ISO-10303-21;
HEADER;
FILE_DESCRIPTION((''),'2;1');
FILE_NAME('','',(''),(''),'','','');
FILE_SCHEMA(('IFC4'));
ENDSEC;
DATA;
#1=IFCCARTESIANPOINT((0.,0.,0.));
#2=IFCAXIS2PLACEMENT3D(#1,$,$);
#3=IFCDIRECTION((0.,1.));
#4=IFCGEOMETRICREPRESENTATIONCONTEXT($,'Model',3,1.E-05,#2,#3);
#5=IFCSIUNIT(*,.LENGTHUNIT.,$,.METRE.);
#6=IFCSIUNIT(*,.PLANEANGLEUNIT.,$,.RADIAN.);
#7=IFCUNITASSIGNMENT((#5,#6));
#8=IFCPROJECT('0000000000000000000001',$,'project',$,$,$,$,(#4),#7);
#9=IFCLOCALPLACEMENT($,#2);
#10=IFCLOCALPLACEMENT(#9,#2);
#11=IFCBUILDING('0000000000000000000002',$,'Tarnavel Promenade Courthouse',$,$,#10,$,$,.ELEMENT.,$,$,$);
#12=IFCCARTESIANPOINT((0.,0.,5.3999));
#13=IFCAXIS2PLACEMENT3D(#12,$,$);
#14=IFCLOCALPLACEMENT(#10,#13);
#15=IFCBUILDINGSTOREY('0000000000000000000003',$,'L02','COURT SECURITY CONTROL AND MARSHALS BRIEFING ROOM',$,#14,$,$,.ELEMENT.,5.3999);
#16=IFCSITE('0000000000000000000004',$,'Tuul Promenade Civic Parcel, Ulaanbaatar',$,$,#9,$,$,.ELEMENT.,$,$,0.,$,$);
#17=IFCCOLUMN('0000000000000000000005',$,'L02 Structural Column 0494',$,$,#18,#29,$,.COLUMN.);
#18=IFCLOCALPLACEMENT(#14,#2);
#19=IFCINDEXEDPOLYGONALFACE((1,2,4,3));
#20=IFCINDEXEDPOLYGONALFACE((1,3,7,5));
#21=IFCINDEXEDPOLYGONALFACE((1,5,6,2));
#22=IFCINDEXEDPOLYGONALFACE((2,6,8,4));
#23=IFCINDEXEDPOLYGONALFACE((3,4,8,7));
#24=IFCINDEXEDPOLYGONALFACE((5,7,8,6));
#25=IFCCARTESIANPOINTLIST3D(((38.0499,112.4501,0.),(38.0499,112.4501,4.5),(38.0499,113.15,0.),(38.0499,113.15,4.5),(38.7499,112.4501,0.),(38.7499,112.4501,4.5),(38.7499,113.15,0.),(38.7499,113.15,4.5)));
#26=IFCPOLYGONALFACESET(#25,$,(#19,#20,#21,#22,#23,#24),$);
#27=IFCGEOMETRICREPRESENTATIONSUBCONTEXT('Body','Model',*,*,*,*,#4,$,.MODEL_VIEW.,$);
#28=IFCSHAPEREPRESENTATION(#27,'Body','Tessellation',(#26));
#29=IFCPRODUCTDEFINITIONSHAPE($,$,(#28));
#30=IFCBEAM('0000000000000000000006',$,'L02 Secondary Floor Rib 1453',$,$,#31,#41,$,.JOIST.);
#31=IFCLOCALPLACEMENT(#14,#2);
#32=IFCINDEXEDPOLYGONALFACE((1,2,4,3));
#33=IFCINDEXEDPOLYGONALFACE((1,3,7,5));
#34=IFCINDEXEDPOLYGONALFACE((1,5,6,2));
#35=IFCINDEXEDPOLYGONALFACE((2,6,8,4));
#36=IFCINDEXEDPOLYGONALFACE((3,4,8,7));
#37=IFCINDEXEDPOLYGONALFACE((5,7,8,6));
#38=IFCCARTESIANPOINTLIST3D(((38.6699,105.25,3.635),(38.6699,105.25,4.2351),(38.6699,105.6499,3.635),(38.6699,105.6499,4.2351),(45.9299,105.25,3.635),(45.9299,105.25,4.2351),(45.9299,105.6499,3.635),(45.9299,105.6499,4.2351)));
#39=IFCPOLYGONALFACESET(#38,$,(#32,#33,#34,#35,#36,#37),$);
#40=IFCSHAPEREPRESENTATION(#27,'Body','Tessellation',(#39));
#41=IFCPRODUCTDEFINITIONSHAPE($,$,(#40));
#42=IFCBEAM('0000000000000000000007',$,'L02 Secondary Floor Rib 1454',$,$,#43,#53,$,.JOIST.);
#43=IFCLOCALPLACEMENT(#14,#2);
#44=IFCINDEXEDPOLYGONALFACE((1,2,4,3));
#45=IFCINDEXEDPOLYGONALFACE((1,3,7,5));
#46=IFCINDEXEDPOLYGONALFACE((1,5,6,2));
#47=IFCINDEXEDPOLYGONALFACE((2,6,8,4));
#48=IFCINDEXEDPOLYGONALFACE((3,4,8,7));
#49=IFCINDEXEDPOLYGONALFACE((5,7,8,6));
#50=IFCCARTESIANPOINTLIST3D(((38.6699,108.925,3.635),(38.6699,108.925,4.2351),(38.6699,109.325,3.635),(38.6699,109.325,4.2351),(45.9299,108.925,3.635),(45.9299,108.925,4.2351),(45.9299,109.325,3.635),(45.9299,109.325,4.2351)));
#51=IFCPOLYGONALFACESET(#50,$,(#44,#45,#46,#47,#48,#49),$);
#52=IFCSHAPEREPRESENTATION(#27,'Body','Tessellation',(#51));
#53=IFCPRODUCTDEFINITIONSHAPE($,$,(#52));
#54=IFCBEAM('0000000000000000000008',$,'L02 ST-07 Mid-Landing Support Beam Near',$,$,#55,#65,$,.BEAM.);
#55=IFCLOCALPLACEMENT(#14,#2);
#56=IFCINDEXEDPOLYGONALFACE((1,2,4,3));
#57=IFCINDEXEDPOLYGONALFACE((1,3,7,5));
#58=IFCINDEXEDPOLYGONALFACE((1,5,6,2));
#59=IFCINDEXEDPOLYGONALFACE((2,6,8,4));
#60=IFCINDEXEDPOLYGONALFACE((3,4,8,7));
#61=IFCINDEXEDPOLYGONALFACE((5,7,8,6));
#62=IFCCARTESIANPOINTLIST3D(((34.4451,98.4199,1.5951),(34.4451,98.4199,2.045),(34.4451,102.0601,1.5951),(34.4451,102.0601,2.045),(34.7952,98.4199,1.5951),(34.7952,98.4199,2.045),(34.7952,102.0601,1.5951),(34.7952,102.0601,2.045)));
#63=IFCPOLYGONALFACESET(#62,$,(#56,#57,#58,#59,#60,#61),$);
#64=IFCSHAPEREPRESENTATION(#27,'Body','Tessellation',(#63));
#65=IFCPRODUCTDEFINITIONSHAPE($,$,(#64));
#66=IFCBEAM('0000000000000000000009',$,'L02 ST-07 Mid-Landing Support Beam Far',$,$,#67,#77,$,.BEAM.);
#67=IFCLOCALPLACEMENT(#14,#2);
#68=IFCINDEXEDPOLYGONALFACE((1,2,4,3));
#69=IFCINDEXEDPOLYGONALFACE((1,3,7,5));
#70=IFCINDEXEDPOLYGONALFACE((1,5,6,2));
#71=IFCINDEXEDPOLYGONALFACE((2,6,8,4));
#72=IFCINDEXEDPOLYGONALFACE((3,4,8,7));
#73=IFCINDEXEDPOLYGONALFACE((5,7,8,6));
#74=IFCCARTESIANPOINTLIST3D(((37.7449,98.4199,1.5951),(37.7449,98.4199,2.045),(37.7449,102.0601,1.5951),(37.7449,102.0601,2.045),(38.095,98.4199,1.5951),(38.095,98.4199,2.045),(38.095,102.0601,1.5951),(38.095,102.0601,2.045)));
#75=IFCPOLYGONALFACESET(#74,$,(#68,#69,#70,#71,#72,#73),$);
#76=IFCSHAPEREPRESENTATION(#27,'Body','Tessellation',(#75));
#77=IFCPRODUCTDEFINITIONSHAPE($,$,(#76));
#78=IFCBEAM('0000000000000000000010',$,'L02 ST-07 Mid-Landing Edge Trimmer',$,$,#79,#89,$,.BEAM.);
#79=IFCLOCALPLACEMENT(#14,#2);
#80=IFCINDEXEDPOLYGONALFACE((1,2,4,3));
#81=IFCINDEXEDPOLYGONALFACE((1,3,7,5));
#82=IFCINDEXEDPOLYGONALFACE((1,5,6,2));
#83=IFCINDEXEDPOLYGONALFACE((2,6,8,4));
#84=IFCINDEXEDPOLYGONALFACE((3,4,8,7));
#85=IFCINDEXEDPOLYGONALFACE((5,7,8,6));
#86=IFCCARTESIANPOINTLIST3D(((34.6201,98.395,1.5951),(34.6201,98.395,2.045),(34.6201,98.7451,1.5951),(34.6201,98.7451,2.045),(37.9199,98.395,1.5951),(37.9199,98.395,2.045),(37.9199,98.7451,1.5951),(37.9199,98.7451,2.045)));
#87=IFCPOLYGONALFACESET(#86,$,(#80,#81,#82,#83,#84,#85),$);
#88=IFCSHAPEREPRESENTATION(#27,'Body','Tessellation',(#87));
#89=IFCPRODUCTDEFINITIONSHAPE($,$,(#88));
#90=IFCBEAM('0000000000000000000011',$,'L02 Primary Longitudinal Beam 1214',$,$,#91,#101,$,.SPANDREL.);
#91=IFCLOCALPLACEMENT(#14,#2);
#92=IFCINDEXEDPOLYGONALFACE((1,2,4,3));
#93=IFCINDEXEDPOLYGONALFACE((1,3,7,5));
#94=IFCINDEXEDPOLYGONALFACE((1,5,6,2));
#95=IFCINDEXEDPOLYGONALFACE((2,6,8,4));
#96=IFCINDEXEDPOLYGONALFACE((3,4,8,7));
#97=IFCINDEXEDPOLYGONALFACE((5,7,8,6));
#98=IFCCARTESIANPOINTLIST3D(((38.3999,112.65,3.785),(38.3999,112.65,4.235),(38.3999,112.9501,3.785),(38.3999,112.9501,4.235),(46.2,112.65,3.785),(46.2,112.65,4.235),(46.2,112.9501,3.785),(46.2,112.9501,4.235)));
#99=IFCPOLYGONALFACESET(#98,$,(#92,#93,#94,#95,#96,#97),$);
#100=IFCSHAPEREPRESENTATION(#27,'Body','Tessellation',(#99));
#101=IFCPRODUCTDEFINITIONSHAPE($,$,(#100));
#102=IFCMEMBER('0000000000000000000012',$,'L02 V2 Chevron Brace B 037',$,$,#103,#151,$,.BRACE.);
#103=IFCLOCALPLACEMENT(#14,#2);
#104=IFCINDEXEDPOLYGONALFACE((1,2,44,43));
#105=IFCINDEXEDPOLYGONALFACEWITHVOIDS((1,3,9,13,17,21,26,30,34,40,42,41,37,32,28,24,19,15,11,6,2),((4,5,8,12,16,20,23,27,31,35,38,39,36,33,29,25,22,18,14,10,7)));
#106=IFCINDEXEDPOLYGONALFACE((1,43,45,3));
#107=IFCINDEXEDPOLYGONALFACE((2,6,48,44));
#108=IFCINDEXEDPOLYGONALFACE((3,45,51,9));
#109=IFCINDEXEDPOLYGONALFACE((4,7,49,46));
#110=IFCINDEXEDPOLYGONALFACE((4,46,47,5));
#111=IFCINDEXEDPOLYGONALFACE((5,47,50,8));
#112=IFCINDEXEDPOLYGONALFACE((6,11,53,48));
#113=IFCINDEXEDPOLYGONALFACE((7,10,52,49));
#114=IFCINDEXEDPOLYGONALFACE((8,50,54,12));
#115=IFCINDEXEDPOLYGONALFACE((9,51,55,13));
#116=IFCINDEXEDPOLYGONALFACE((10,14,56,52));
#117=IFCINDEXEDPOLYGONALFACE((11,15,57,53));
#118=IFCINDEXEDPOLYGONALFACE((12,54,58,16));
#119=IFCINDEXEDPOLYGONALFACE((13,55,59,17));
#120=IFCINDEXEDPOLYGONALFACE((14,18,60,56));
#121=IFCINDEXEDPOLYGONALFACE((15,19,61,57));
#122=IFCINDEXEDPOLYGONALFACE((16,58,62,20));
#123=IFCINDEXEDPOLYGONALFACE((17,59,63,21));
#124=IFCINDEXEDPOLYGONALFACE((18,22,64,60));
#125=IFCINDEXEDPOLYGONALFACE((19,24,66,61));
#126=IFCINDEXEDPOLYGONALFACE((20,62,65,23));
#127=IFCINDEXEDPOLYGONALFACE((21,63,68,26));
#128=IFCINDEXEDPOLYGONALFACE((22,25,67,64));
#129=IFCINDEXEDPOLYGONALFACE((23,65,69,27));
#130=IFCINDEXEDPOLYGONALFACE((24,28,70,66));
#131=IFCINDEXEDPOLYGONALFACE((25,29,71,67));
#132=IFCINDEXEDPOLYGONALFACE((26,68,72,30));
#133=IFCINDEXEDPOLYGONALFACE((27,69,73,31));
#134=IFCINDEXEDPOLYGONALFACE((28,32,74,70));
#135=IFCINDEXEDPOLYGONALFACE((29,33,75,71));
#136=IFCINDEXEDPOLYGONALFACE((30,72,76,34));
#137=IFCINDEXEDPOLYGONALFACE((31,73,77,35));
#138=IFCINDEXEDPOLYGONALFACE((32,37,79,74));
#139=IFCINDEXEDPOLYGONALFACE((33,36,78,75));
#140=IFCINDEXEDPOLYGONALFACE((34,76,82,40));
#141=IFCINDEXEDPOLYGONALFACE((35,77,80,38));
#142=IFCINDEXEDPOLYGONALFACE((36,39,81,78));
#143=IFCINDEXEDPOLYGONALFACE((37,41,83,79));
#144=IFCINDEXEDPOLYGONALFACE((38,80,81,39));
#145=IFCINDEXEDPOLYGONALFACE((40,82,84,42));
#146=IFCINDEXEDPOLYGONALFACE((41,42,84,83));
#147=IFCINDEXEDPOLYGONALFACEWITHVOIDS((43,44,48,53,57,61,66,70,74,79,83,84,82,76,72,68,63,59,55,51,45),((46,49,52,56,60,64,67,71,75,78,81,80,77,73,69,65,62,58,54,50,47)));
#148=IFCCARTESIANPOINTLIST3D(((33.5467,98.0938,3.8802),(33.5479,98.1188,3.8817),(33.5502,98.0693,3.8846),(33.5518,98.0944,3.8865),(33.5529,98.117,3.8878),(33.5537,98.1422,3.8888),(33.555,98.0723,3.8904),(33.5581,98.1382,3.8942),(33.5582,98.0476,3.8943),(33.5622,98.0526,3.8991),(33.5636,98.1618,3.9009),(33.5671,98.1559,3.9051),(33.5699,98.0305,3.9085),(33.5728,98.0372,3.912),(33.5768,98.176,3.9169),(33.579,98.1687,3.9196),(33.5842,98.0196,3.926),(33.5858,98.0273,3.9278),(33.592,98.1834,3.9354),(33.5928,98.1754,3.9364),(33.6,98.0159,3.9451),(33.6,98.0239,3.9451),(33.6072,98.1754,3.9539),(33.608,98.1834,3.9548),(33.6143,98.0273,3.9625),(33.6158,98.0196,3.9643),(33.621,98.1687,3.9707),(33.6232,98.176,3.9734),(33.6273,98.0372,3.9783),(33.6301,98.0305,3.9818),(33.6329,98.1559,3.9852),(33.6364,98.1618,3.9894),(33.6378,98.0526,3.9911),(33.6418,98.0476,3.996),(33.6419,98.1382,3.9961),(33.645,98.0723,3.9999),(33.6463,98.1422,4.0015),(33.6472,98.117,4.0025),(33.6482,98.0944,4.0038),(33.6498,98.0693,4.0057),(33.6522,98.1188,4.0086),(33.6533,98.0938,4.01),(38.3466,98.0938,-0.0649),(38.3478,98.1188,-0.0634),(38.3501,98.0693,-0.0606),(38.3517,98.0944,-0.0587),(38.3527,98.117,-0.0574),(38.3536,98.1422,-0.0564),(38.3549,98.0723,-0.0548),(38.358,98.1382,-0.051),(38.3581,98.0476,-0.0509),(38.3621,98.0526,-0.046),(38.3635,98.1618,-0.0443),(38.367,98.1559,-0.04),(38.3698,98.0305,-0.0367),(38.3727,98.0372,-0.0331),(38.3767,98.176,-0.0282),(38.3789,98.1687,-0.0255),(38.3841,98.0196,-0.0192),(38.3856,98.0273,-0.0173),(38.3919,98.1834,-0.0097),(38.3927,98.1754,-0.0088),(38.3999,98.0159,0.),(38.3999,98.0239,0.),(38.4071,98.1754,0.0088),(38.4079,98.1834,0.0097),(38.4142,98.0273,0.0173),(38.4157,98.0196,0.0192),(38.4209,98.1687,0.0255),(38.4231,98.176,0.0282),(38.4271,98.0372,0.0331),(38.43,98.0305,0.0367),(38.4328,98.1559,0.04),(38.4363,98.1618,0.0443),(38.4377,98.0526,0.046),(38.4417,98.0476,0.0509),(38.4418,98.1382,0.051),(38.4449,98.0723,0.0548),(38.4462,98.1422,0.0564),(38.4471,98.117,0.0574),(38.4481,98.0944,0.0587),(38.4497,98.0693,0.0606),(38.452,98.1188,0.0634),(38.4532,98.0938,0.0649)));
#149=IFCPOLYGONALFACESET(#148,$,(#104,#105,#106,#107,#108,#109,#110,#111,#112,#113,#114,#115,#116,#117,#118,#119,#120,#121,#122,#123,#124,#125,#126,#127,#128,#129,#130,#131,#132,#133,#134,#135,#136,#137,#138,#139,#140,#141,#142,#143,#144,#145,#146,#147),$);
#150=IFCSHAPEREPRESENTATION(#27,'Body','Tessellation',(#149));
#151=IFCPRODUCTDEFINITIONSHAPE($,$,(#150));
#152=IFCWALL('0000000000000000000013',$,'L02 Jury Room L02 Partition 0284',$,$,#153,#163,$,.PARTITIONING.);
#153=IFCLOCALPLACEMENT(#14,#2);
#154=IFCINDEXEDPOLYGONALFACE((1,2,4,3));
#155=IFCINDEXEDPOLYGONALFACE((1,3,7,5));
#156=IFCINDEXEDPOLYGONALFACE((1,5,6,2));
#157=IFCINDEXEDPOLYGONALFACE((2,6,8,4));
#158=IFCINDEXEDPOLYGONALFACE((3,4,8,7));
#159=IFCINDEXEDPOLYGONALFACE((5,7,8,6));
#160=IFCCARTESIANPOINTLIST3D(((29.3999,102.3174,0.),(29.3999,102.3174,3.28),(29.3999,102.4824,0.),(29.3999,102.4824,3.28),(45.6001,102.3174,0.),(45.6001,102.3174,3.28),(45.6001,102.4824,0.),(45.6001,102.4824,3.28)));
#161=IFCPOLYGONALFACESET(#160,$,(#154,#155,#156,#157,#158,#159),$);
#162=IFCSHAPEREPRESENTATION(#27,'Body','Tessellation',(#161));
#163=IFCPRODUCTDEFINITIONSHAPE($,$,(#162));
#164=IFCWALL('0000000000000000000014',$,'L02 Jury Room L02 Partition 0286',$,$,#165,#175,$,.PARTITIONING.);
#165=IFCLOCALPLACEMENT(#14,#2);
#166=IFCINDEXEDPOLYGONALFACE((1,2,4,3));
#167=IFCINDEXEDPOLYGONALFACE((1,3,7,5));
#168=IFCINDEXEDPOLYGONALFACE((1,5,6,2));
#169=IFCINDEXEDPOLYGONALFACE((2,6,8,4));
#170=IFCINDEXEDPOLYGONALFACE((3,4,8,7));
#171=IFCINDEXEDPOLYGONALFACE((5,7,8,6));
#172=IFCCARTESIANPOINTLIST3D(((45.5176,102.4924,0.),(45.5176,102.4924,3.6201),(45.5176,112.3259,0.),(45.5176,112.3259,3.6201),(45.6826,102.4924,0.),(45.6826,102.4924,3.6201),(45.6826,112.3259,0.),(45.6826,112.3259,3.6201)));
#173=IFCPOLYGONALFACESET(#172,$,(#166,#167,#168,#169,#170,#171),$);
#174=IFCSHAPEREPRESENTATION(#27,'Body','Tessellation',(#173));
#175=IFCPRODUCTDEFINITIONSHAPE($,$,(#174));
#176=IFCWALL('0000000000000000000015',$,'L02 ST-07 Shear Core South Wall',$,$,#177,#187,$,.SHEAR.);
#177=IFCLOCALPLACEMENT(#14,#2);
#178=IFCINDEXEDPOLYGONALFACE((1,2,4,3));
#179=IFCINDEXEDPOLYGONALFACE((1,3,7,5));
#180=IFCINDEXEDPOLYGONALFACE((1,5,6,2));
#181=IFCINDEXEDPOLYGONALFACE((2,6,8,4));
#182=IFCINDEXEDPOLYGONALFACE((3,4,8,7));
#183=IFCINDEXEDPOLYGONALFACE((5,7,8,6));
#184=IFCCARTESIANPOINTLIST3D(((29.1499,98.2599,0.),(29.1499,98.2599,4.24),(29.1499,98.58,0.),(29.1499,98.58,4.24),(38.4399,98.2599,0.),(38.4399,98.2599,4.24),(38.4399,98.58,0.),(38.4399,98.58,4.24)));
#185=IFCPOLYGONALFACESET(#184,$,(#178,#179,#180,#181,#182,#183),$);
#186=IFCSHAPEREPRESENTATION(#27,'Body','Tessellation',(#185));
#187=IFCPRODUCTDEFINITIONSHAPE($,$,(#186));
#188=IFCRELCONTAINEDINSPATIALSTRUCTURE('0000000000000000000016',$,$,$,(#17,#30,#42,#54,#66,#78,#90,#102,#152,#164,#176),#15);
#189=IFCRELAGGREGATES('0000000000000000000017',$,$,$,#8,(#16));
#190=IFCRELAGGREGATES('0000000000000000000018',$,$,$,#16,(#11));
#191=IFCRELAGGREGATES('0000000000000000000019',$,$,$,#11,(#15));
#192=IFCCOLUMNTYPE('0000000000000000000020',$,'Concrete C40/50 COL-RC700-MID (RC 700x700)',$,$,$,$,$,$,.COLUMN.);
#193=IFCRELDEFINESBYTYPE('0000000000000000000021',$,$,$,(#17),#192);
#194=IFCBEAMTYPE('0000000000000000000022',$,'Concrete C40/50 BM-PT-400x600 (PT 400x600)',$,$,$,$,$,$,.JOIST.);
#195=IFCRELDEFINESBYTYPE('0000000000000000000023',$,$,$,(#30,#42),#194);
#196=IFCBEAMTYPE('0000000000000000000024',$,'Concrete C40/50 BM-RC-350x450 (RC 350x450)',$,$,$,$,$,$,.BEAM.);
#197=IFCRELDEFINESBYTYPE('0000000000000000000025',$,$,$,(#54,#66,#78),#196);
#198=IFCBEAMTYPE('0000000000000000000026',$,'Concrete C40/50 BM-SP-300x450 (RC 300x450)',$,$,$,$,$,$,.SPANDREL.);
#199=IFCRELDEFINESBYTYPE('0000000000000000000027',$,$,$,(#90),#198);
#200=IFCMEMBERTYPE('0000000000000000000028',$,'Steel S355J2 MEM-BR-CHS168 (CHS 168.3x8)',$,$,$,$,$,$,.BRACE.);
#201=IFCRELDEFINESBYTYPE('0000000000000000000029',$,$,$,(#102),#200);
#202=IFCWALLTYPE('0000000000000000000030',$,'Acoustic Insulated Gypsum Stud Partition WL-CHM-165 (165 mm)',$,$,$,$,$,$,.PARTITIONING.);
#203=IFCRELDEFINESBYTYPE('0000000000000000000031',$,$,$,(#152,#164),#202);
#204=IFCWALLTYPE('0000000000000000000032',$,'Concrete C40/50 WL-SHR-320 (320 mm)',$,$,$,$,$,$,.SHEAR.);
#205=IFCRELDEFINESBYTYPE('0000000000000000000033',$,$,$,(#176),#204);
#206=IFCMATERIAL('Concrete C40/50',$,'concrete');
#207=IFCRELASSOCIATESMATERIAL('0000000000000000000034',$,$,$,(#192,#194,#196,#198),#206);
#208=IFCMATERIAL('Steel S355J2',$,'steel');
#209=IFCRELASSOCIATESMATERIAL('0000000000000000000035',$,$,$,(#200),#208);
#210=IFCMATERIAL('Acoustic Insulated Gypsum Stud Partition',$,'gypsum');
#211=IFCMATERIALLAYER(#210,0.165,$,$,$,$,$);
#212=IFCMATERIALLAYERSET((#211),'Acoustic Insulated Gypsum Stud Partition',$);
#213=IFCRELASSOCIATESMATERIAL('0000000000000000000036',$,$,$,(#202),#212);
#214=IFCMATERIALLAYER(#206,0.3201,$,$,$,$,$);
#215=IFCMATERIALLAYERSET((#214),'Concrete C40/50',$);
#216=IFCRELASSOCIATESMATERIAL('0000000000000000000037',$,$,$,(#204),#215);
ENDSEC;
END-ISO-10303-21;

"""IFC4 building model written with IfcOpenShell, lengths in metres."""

from ifc_helpers import new_model, si_unit, direction, frame, frame_2d, origin, origin_2d, place, context, subcontext, project, spatial, rectangle, hollow_circle, extrude, material, layer, layer_set, material_profile, profile_set, type_object, element, save


model = new_model("IFC4")

# Units and contexts
model_context = context("Model", 3, precision=1e-05, world=origin(), true_north=direction((0.0, 1.0)))
body_context = subcontext(model_context, "Body", "Model", "MODEL_VIEW")
ifc_project = project(units=[si_unit("LENGTHUNIT", "METRE"), si_unit("PLANEANGLEUNIT", "RADIAN")], contexts=[model_context])

# Site, building, storey
site_placement = place(None, origin())
site = spatial("IfcSite", under=ifc_project, at=site_placement, Name="Tuul Promenade Civic Parcel, Ulaanbaatar", CompositionType="ELEMENT", RefElevation=0.0)
building_placement = place(site_placement, origin())
building = spatial("IfcBuilding", under=site, at=building_placement, Name="Tarnavel Promenade Courthouse", CompositionType="ELEMENT")
storey_placement = place(building_placement, frame((0.0, 0.0, 5.3999)))
storey = spatial("IfcBuildingStorey", under=building, at=storey_placement, Name="L02", Description="COURT SECURITY CONTROL AND MARSHALS BRIEFING ROOM", CompositionType="ELEMENT", Elevation=5.3999)

# Column
ifc_material_1 = material(Name="Concrete C40/50", Category="concrete")
ifc_material_profile_1 = material_profile(ifc_material_1, rectangle(XDim=0.7, YDim=0.7, at=origin_2d()), Name="RC 700x700")
ifc_profile_set_1 = profile_set([ifc_material_profile_1], Name="Concrete C40/50")
column_type = type_object("IfcColumnType", Name="Concrete C40/50 COL-RC700-MID (RC 700x700)", PredefinedType="COLUMN", material=ifc_profile_set_1)
column_placement = place(storey_placement, frame((38.3999, 112.8, 0.0), z_axis=(0.0, 0.0, 1.0), x_axis=(1.0, 0.0, 0.0)))
element("IfcColumn", 1, at=column_placement, inside=storey, type_object=column_type, Name="L02 Structural Column 0494", PredefinedType="COLUMN", context=body_context, shape_type="SweptSolid", body=[
    extrude(rectangle(XDim=0.7, YDim=0.7, at=origin_2d()), origin(), (0.0, 0.0, 1.0), 4.5),
])

# Beams
ifc_material_profile_2 = material_profile(ifc_material_1, rectangle(XDim=0.3999, YDim=0.6001, at=origin_2d()), Name="PT 400x600")
ifc_profile_set_2 = profile_set([ifc_material_profile_2], Name="Concrete C40/50")
beam_type_1 = type_object("IfcBeamType", Name="Concrete C40/50 BM-PT-400x600 (PT 400x600)", PredefinedType="JOIST", material=ifc_profile_set_2)
for number, where, z_axis, x_axis, name in (
    (2, (38.6699, 105.45, 3.9351), (1.0, 0.0, 0.0), (0.0, 1.0, 0.0), "L02 Secondary Floor Rib 1453"),
    (3, (38.6699, 109.125, 3.9351), (1.0, 0.0, 0.0), (0.0, 1.0, 0.0), "L02 Secondary Floor Rib 1454"),
):
    element("IfcBeam", number, at=place(storey_placement, frame(where, z_axis=z_axis, x_axis=x_axis)), inside=storey, type_object=beam_type_1, Name=name, PredefinedType="JOIST", context=body_context, shape_type="SweptSolid", body=[
        extrude(rectangle(XDim=0.3999, YDim=0.6001, at=origin_2d()), origin(), (0.0, 0.0, 1.0), 7.26),
    ])
ifc_material_profile_3 = material_profile(ifc_material_1, rectangle(XDim=0.3501, YDim=0.45, at=origin_2d()), Name="RC 350x450")
ifc_profile_set_3 = profile_set([ifc_material_profile_3], Name="Concrete C40/50")
beam_type_2 = type_object("IfcBeamType", Name="Concrete C40/50 BM-RC-350x450 (RC 350x450)", PredefinedType="BEAM", material=ifc_profile_set_3)
for number, where, z_axis, x_axis, name in (
    (4, (34.6201, 98.4199, 1.8201), (0.0, 1.0, 0.0), (-1.0, 0.0, 0.0), "L02 ST-07 Mid-Landing Support Beam Near"),
    (5, (37.9199, 98.4199, 1.8201), (0.0, 1.0, 0.0), (-1.0, 0.0, 0.0), "L02 ST-07 Mid-Landing Support Beam Far"),
):
    element("IfcBeam", number, at=place(storey_placement, frame(where, z_axis=z_axis, x_axis=x_axis)), inside=storey, type_object=beam_type_2, Name=name, PredefinedType="BEAM", context=body_context, shape_type="SweptSolid", body=[
        extrude(rectangle(XDim=0.3501, YDim=0.45, at=origin_2d()), origin(), (0.0, 0.0, 1.0), 3.6401),
    ])
beam_1_placement = place(storey_placement, frame((34.6201, 98.5701, 1.8201), z_axis=(1.0, 0.0, 0.0), x_axis=(0.0, 1.0, 0.0)))
element("IfcBeam", 6, at=beam_1_placement, inside=storey, type_object=beam_type_2, Name="L02 ST-07 Mid-Landing Edge Trimmer", PredefinedType="BEAM", context=body_context, shape_type="SweptSolid", body=[
    extrude(rectangle(XDim=0.3501, YDim=0.45, at=origin_2d()), origin(), (0.0, 0.0, 1.0), 3.2998),
])
ifc_material_profile_4 = material_profile(ifc_material_1, rectangle(XDim=0.3, YDim=0.45, at=origin_2d()), Name="RC 300x450")
ifc_profile_set_4 = profile_set([ifc_material_profile_4], Name="Concrete C40/50")
beam_type_3 = type_object("IfcBeamType", Name="Concrete C40/50 BM-SP-300x450 (RC 300x450)", PredefinedType="SPANDREL", material=ifc_profile_set_4)
beam_2_placement = place(storey_placement, frame((38.3999, 112.8, 4.01), z_axis=(1.0, 0.0, 0.0), x_axis=(0.0, 1.0, 0.0)))
element("IfcBeam", 7, at=beam_2_placement, inside=storey, type_object=beam_type_3, Name="L02 Primary Longitudinal Beam 1214", PredefinedType="SPANDREL", context=body_context, shape_type="SweptSolid", body=[
    extrude(rectangle(XDim=0.3, YDim=0.45, at=origin_2d()), origin(), (0.0, 0.0, 1.0), 7.8),
])

# Member
ifc_material_2 = material(Name="Steel S355J2", Category="steel")
ifc_material_profile_5 = material_profile(ifc_material_2, hollow_circle(Radius=0.0842, WallThickness=0.0081, at=origin_2d()), Name="CHS 168.3x8")
ifc_profile_set_5 = profile_set([ifc_material_profile_5], Name="Steel S355J2")
member_type = type_object("IfcMemberType", Name="Steel S355J2 MEM-BR-CHS168 (CHS 168.3x8)", PredefinedType="BRACE", material=ifc_profile_set_5)
member_placement = place(storey_placement, frame((38.3999, 98.1001, 0.0), z_axis=(-0.772539, 0.0, 0.634967), x_axis=(0.0, -1.0, 0.0)))
element("IfcMember", 8, at=member_placement, inside=storey, type_object=member_type, Name="L02 V2 Chevron Brace B 037", PredefinedType="BRACE", context=body_context, shape_type="SweptSolid", body=[
    extrude(hollow_circle(Radius=0.0842, WallThickness=0.0081, at=origin_2d()), origin(), (0.0, 0.0, 1.0), 6.2131),
])

# Walls
ifc_material_3 = material(Name="Acoustic Insulated Gypsum Stud Partition", Category="gypsum")
ifc_layer_1 = layer(ifc_material_3, 0.165)
ifc_layer_set_1 = layer_set([ifc_layer_1], Name="Acoustic Insulated Gypsum Stud Partition")
wall_type_1 = type_object("IfcWallType", Name="Acoustic Insulated Gypsum Stud Partition WL-CHM-165 (165 mm)", PredefinedType="PARTITIONING", material=ifc_layer_set_1)
wall_1_placement = place(storey_placement, frame((45.6001, 102.3999, 0.0), z_axis=(0.0, 0.0, 1.0), x_axis=(-1.0, 0.0, 0.0)))
element("IfcWall", 9, at=wall_1_placement, inside=storey, type_object=wall_type_1, Name="L02 Jury Room L02 Partition 0284", PredefinedType="PARTITIONING", context=body_context, shape_type="SweptSolid", body=[
    extrude(rectangle(XDim=16.2002, YDim=0.165, at=frame_2d((8.1001, 0.0))), origin(), (0.0, 0.0, 1.0), 3.28),
])
wall_2_placement = place(storey_placement, frame((45.6001, 112.3259, 0.0), z_axis=(0.0, 0.0, 1.0), x_axis=(0.0, -1.0, 0.0)))
element("IfcWall", 10, at=wall_2_placement, inside=storey, type_object=wall_type_1, Name="L02 Jury Room L02 Partition 0286", PredefinedType="PARTITIONING", context=body_context, shape_type="SweptSolid", body=[
    extrude(rectangle(XDim=9.8335, YDim=0.165, at=frame_2d((4.9167, 0.0))), origin(), (0.0, 0.0, 1.0), 3.6201),
])
ifc_layer_2 = layer(ifc_material_1, 0.3201)
ifc_layer_set_2 = layer_set([ifc_layer_2], Name="Concrete C40/50")
wall_type_2 = type_object("IfcWallType", Name="Concrete C40/50 WL-SHR-320 (320 mm)", PredefinedType="SHEAR", material=ifc_layer_set_2)
wall_3_placement = place(storey_placement, frame((38.4399, 98.4199, 0.0), z_axis=(0.0, 0.0, 1.0), x_axis=(-1.0, 0.0, 0.0)))
element("IfcWall", 11, at=wall_3_placement, inside=storey, type_object=wall_type_2, Name="L02 ST-07 Shear Core South Wall", PredefinedType="SHEAR", context=body_context, shape_type="SweptSolid", body=[
    extrude(rectangle(XDim=9.29, YDim=0.3201, at=frame_2d((4.645, 0.0))), origin(), (0.0, 0.0, 1.0), 4.24),
])

save(model, "model.ifc")
